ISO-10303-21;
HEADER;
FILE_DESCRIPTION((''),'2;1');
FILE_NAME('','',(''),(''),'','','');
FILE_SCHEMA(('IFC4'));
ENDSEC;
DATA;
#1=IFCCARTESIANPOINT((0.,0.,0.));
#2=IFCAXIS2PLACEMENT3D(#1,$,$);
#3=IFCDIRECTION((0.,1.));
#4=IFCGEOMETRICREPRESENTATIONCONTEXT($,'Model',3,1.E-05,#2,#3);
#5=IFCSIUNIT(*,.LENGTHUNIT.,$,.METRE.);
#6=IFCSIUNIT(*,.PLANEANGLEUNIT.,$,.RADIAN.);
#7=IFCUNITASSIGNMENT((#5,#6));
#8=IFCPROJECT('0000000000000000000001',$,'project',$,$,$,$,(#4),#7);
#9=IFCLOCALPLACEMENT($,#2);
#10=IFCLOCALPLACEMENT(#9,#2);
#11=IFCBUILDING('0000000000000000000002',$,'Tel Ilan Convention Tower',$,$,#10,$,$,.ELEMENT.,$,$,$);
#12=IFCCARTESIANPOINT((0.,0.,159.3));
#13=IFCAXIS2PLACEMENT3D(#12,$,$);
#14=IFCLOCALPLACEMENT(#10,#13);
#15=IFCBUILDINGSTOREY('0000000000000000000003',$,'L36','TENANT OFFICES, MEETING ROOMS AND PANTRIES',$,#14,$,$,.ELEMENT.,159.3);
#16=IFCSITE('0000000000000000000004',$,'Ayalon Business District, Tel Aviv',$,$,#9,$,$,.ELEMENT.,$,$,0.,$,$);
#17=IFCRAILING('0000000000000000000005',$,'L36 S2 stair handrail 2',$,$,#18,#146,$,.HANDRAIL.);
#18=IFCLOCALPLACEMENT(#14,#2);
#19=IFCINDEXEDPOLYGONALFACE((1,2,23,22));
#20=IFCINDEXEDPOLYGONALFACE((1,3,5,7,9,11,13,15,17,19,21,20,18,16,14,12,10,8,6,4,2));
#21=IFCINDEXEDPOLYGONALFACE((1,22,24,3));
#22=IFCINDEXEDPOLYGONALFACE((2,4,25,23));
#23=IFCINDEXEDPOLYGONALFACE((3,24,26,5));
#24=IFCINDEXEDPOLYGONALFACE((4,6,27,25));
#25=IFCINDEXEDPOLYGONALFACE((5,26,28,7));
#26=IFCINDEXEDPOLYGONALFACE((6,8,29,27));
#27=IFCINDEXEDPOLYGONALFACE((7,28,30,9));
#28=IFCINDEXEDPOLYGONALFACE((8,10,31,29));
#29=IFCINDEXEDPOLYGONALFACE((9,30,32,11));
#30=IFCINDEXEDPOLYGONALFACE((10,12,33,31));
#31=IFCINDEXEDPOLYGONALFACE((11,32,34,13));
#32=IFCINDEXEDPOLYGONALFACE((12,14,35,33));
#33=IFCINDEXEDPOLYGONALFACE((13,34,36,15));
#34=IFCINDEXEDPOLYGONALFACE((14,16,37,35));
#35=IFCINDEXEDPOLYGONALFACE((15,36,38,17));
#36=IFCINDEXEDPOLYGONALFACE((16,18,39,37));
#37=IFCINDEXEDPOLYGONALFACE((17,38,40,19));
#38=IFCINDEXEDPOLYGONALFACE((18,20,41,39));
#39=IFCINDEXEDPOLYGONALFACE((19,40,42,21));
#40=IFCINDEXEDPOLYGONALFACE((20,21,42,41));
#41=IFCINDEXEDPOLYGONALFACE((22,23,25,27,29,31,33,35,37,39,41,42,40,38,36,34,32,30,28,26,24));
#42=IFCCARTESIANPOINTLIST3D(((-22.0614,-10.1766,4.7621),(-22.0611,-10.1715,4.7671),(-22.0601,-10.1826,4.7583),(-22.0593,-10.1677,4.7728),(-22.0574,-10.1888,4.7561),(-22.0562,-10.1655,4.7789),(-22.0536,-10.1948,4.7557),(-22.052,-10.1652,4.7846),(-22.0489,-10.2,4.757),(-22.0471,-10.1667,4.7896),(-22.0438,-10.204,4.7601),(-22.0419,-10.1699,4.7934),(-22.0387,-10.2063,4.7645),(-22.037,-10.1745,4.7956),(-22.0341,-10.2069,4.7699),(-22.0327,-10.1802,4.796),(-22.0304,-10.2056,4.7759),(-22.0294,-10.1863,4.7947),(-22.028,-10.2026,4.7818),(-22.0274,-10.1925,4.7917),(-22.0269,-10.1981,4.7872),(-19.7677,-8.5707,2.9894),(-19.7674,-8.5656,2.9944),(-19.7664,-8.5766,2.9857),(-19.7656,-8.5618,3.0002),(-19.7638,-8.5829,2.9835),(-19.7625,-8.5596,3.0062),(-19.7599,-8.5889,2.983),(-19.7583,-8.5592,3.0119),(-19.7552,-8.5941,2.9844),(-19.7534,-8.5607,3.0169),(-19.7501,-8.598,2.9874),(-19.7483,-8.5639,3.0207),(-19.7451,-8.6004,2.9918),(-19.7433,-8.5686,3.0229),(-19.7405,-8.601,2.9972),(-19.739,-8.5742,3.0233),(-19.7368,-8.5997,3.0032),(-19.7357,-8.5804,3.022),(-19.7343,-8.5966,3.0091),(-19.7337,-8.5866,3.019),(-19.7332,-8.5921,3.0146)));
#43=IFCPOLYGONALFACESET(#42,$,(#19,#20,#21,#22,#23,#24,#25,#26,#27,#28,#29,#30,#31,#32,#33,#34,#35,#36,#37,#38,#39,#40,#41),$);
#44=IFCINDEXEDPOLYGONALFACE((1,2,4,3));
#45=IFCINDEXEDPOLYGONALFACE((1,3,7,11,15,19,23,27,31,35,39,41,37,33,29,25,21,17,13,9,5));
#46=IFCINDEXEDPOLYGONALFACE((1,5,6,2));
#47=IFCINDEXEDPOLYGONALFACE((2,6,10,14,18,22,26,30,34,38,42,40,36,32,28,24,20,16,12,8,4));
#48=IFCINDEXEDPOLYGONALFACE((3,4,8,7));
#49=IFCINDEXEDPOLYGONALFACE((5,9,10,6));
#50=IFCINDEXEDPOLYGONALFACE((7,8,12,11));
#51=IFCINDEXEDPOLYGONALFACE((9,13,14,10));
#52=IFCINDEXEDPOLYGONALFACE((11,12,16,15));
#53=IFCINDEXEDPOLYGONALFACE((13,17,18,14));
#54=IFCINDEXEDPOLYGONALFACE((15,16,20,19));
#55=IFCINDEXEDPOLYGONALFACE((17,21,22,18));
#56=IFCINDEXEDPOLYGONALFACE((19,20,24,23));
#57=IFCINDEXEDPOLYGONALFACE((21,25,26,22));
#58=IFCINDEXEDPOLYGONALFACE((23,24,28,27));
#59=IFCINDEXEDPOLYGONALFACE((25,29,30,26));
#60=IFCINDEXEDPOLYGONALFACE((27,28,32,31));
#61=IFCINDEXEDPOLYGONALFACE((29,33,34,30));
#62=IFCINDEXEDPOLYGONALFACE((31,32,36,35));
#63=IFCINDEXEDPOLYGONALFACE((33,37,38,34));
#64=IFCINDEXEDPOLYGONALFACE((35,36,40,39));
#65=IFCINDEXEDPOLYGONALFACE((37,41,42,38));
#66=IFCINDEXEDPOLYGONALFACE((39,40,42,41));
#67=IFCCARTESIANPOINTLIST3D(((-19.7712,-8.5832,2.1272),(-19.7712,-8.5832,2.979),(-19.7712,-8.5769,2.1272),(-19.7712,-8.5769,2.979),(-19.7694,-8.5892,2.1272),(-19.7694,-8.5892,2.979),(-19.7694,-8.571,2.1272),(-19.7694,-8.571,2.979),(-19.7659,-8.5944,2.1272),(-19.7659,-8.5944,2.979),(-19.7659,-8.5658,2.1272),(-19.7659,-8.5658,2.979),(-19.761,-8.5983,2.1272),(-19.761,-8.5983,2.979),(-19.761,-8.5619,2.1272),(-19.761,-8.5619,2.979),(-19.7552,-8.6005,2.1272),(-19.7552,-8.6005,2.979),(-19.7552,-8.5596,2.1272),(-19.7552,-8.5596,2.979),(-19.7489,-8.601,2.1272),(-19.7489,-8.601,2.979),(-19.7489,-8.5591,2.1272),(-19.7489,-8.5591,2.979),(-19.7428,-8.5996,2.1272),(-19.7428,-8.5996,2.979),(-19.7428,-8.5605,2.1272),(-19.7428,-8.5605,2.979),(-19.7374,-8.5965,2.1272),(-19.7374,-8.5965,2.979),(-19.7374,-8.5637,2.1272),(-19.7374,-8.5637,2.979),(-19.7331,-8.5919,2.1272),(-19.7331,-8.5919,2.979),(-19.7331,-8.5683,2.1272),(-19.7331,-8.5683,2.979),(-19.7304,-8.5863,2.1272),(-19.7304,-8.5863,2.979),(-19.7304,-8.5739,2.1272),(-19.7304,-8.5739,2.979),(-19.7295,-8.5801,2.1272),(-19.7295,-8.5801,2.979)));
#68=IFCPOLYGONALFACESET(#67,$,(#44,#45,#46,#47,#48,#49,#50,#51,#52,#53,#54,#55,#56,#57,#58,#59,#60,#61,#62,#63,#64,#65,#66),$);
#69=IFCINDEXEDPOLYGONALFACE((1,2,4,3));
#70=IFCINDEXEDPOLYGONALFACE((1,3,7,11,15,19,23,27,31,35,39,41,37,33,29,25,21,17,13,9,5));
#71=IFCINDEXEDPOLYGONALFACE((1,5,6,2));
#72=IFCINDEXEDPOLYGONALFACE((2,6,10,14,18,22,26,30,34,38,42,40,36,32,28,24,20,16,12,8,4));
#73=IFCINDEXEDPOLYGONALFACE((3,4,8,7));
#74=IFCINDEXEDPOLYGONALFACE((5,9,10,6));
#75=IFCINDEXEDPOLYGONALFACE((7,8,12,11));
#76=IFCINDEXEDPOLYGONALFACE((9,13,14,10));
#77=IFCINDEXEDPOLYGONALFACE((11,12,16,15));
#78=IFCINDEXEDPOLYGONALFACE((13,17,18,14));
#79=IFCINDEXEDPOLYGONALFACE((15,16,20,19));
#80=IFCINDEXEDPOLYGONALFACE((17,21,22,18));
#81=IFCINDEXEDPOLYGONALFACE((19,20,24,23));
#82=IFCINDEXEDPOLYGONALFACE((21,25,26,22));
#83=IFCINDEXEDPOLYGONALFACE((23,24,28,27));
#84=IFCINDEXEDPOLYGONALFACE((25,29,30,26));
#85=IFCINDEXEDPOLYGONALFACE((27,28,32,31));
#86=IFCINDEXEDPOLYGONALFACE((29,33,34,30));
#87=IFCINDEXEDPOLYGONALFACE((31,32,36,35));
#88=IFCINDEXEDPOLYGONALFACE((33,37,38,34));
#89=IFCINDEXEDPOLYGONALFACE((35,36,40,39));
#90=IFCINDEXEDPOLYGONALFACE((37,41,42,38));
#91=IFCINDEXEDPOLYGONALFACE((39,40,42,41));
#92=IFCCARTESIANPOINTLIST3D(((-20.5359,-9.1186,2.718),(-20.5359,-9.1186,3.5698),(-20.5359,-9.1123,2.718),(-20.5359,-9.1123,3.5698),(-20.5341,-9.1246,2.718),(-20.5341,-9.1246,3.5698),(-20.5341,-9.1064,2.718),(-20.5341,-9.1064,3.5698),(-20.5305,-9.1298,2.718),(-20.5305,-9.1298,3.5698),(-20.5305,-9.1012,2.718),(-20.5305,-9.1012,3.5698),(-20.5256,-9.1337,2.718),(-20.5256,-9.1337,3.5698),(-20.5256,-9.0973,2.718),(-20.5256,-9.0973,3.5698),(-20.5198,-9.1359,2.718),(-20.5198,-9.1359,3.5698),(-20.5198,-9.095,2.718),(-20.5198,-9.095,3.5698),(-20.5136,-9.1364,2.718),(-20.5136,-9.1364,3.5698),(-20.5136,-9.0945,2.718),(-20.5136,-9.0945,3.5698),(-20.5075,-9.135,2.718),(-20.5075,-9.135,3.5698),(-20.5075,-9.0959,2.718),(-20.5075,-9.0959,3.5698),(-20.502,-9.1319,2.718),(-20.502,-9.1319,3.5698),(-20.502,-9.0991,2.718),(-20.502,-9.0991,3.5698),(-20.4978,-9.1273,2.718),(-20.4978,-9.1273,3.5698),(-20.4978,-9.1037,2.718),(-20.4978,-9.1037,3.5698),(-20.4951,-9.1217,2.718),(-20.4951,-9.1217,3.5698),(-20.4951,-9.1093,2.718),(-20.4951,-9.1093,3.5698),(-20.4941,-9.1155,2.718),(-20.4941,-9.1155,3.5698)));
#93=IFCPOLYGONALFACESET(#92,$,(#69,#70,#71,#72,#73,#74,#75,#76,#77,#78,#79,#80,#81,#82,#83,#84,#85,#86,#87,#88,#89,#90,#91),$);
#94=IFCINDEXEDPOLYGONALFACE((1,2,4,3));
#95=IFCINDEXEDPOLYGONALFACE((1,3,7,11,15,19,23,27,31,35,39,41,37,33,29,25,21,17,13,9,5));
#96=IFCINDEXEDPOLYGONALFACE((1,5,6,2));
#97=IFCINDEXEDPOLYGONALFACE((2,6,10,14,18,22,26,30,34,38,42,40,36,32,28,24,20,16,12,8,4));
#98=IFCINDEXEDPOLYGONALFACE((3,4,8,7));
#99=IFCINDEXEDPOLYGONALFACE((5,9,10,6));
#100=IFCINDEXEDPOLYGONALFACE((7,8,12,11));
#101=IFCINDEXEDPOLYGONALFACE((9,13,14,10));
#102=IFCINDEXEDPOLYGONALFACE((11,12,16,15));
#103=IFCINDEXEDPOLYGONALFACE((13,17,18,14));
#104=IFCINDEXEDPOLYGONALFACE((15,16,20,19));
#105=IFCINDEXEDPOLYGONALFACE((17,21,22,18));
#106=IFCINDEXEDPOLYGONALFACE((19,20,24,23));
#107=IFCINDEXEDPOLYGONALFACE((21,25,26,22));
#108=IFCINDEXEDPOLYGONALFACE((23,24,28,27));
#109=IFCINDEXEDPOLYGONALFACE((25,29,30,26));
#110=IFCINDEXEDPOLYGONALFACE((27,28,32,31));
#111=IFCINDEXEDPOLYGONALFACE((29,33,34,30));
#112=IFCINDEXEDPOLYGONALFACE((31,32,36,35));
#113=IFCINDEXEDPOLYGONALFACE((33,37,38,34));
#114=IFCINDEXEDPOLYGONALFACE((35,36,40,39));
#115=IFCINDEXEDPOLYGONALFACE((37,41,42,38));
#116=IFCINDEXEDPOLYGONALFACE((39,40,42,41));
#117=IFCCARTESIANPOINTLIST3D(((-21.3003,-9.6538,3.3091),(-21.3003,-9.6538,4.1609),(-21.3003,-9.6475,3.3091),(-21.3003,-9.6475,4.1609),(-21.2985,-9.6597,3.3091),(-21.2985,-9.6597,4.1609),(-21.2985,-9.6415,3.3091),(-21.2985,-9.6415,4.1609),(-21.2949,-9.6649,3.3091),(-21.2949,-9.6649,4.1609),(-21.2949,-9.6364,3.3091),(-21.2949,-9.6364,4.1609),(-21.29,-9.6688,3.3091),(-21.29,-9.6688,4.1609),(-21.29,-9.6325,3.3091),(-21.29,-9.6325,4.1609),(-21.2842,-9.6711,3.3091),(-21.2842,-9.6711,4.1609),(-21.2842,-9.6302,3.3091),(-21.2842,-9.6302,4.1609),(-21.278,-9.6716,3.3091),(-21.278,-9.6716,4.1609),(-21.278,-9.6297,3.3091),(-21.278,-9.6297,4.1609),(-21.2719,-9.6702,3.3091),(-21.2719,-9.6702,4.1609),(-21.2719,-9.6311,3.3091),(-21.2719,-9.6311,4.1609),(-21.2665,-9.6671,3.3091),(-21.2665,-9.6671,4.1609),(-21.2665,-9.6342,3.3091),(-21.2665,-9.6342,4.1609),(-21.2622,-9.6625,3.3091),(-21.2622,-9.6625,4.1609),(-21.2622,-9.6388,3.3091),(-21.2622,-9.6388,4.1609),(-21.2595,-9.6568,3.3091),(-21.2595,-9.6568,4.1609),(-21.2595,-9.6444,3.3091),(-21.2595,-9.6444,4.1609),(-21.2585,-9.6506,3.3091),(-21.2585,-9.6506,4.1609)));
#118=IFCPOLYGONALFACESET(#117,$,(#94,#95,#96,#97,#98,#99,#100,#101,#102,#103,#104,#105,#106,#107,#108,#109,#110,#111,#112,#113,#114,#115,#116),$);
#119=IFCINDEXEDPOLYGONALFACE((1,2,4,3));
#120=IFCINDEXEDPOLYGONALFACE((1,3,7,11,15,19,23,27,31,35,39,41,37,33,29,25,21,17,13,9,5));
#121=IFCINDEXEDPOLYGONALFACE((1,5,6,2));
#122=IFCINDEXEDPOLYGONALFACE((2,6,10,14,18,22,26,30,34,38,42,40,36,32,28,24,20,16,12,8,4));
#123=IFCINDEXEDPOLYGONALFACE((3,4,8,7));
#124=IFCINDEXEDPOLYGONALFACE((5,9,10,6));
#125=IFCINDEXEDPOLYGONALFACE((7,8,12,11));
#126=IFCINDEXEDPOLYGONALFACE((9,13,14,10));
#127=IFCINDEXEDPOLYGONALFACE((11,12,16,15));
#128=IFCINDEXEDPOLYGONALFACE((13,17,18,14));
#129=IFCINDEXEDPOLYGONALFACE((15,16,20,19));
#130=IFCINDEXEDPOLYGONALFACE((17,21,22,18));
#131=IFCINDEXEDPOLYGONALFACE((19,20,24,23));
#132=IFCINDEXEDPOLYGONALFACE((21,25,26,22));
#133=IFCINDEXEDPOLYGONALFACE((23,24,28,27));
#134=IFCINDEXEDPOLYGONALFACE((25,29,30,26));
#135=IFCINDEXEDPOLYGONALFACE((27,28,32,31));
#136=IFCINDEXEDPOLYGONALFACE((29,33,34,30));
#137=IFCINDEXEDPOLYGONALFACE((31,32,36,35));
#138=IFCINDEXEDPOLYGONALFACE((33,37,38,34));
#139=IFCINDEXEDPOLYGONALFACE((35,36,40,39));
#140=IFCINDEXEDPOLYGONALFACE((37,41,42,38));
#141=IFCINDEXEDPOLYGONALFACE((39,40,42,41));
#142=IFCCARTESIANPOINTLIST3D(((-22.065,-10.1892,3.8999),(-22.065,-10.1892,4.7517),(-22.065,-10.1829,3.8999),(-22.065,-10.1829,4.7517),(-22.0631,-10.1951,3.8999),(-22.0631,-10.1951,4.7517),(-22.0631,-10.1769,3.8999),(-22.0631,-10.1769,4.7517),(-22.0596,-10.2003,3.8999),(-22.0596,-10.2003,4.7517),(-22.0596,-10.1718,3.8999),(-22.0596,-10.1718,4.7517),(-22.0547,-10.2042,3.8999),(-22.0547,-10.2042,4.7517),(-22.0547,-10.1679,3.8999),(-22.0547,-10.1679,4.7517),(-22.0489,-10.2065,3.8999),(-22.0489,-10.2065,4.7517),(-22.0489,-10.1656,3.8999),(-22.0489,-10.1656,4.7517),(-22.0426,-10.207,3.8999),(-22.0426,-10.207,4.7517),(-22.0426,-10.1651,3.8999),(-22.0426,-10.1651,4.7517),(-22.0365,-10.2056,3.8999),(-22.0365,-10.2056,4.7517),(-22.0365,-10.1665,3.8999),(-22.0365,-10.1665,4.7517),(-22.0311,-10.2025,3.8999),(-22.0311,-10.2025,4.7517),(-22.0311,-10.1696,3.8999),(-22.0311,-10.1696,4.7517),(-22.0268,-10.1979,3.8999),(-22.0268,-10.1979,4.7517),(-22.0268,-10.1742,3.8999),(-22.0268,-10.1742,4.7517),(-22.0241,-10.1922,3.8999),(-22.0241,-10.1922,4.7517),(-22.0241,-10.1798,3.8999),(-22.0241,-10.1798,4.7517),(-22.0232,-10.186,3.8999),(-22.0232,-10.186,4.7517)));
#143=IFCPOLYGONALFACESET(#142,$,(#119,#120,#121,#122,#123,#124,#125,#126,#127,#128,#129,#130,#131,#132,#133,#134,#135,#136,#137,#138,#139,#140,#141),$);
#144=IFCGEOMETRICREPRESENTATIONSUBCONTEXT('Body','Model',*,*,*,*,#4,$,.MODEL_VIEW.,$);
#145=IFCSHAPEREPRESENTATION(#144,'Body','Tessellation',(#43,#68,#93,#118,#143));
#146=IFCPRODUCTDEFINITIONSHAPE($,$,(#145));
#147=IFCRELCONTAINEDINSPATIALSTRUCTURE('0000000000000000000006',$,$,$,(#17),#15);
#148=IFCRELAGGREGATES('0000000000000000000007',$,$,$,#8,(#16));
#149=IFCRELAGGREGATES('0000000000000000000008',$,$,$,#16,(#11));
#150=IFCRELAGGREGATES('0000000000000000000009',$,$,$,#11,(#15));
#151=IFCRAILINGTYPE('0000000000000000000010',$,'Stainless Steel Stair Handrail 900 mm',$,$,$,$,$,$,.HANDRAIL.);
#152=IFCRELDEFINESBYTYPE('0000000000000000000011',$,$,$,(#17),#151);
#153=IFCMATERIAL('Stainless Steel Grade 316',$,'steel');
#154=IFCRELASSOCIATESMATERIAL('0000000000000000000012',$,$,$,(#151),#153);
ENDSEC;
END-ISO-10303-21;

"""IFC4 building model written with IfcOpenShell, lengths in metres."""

from ifc_helpers import new_model, si_unit, direction, frame, origin, origin_2d, place, context, subcontext, project, spatial, circle, extrude, material, type_object, element, save


model = new_model("IFC4")

# Units and contexts
model_context = context("Model", 3, precision=1e-05, world=origin(), true_north=direction((0.0, 1.0)))
body_context = subcontext(model_context, "Body", "Model", "MODEL_VIEW")
ifc_project = project(units=[si_unit("LENGTHUNIT", "METRE"), si_unit("PLANEANGLEUNIT", "RADIAN")], contexts=[model_context])

# Site, building, storey
site_placement = place(None, origin())
site = spatial("IfcSite", under=ifc_project, at=site_placement, Name="Ayalon Business District, Tel Aviv", CompositionType="ELEMENT", RefElevation=0.0)
building_placement = place(site_placement, origin())
building = spatial("IfcBuilding", under=site, at=building_placement, Name="Tel Ilan Convention Tower", CompositionType="ELEMENT")
storey_placement = place(building_placement, frame((0.0, 0.0, 159.3)))
storey = spatial("IfcBuildingStorey", under=building, at=storey_placement, Name="L36", Description="TENANT OFFICES, MEETING ROOMS AND PANTRIES", CompositionType="ELEMENT", Elevation=159.3)

# Railing
ifc_material_1 = material(Name="Stainless Steel Grade 316", Category="steel")
railing_type_1 = type_object("IfcRailingType", Name="Stainless Steel Stair Handrail 900 mm", PredefinedType="HANDRAIL", material=ifc_material_1)
railing_1_placement = place(storey_placement, frame((-19.7505, -8.5801, 2.1272)))
element("IfcRailing", 1, at=railing_1_placement, inside=storey, type_object=railing_type_1, Name="L36 S2 stair handrail 2", PredefinedType="HANDRAIL", context=body_context, shape_type="SweptSolid", body=[
    extrude(circle(Radius=0.0239, at=origin_2d()), frame((0.0, 0.0, 0.876), z_axis=(-0.692123, -0.484597, 0.534913), x_axis=(0.57355, -0.81917, 0.0)), (0.0, 0.0, 1.0), 3.314),
    extrude(circle(Radius=0.021, at=origin_2d()), origin(), (0.0, 0.0, 1.0), 0.8518),
    extrude(circle(Radius=0.021, at=origin_2d()), frame((-0.7646, -0.5354, 0.5908)), (0.0, 0.0, 1.0), 0.8518),
    extrude(circle(Radius=0.021, at=origin_2d()), frame((-1.5291, -1.0706, 1.1819)), (0.0, 0.0, 1.0), 0.8518),
    extrude(circle(Radius=0.021, at=origin_2d()), frame((-2.2937, -1.606, 1.7727)), (0.0, 0.0, 1.0), 0.8518),
])

save(model, "model.ifc")
